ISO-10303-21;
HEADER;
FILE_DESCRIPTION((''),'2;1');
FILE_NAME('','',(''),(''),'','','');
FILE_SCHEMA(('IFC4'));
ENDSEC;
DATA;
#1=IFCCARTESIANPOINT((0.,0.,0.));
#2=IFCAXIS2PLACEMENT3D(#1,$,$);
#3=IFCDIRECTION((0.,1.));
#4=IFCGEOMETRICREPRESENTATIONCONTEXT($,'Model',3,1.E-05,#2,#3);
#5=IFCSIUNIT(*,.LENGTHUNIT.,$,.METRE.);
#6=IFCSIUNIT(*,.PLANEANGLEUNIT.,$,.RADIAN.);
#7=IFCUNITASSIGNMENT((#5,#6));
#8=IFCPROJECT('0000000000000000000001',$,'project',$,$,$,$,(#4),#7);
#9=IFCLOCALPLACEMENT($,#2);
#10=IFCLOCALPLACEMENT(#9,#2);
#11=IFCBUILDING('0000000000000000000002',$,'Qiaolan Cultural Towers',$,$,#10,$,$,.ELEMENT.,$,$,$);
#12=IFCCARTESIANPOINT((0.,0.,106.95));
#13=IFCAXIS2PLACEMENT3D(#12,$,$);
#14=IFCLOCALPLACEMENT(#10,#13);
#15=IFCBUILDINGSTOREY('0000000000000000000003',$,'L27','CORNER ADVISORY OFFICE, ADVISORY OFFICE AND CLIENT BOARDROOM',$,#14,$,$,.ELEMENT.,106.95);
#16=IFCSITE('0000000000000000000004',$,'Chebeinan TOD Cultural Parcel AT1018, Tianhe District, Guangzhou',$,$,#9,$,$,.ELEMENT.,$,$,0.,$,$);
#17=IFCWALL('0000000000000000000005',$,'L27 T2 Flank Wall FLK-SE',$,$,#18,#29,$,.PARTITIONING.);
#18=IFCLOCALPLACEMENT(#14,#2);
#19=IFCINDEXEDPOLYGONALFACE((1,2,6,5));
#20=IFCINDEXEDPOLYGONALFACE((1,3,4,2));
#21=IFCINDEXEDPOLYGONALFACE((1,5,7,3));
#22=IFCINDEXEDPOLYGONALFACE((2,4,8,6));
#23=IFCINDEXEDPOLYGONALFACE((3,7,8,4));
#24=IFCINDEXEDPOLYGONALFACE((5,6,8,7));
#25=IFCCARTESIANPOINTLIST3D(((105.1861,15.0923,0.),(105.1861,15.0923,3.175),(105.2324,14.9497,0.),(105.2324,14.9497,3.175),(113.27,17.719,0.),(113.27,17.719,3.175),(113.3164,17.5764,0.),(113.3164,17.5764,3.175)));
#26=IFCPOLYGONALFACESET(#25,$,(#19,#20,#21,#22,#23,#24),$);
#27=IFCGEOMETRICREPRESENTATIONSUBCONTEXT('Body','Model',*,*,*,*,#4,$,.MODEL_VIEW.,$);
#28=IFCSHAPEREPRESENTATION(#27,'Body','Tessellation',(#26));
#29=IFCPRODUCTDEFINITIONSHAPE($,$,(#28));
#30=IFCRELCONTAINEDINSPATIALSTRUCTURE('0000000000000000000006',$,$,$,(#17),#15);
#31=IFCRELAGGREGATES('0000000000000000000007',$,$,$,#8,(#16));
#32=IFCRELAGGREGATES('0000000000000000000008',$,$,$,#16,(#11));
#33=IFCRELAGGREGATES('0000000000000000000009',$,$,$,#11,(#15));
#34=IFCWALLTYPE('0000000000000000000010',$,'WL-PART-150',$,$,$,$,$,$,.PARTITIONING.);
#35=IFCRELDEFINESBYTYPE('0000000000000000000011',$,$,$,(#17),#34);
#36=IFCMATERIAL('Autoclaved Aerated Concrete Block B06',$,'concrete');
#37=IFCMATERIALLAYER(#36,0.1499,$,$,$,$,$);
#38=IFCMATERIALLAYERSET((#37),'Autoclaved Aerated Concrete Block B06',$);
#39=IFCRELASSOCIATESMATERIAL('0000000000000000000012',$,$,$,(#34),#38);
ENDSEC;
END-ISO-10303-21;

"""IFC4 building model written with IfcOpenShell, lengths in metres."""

from ifc_helpers import new_model, si_unit, direction, frame, frame_2d, origin, place, context, subcontext, project, spatial, rectangle, extrude, material, layer, layer_set, type_object, element, save


model = new_model("IFC4")

# Units and contexts
model_context = context("Model", 3, precision=1e-05, world=origin(), true_north=direction((0.0, 1.0)))
body_context = subcontext(model_context, "Body", "Model", "MODEL_VIEW")
ifc_project = project(units=[si_unit("LENGTHUNIT", "METRE"), si_unit("PLANEANGLEUNIT", "RADIAN")], contexts=[model_context])

# Site, building, storey
site_placement = place(None, origin())
site = spatial("IfcSite", under=ifc_project, at=site_placement, Name="Chebeinan TOD Cultural Parcel AT1018, Tianhe District, Guangzhou", CompositionType="ELEMENT", RefElevation=0.0)
building_placement = place(site_placement, origin())
building = spatial("IfcBuilding", under=site, at=building_placement, Name="Qiaolan Cultural Towers", CompositionType="ELEMENT")
storey_placement = place(building_placement, frame((0.0, 0.0, 106.95)))
storey = spatial("IfcBuildingStorey", under=building, at=storey_placement, Name="L27", Description="CORNER ADVISORY OFFICE, ADVISORY OFFICE AND CLIENT BOARDROOM", CompositionType="ELEMENT", Elevation=106.95)

# Shared definitions
ifc_material_1 = material(Name="Autoclaved Aerated Concrete Block B06", Category="concrete")
ifc_layer_1 = layer(ifc_material_1, 0.1499)
ifc_layer_set_1 = layer_set([ifc_layer_1], Name="Autoclaved Aerated Concrete Block B06")
wall_type_1 = type_object("IfcWallType", Name="WL-PART-150", PredefinedType="PARTITIONING", material=ifc_layer_set_1)

# Wall
wall_1_placement = place(storey_placement, frame((105.2092, 15.021, 0.0), z_axis=(0.0, 0.0, 1.0), x_axis=(0.951054, 0.309024, 0.0)))
element("IfcWall", 1, at=wall_1_placement, inside=storey, type_object=wall_type_1, Name="L27 T2 Flank Wall FLK-SE", PredefinedType="PARTITIONING", context=body_context, shape_type="SweptSolid", body=[
    extrude(rectangle(XDim=8.5, YDim=0.1499, at=frame_2d((4.25, 0.0))), origin(), (0.0, 0.0, 1.0), 3.175),
])

save(model, "model.ifc")
